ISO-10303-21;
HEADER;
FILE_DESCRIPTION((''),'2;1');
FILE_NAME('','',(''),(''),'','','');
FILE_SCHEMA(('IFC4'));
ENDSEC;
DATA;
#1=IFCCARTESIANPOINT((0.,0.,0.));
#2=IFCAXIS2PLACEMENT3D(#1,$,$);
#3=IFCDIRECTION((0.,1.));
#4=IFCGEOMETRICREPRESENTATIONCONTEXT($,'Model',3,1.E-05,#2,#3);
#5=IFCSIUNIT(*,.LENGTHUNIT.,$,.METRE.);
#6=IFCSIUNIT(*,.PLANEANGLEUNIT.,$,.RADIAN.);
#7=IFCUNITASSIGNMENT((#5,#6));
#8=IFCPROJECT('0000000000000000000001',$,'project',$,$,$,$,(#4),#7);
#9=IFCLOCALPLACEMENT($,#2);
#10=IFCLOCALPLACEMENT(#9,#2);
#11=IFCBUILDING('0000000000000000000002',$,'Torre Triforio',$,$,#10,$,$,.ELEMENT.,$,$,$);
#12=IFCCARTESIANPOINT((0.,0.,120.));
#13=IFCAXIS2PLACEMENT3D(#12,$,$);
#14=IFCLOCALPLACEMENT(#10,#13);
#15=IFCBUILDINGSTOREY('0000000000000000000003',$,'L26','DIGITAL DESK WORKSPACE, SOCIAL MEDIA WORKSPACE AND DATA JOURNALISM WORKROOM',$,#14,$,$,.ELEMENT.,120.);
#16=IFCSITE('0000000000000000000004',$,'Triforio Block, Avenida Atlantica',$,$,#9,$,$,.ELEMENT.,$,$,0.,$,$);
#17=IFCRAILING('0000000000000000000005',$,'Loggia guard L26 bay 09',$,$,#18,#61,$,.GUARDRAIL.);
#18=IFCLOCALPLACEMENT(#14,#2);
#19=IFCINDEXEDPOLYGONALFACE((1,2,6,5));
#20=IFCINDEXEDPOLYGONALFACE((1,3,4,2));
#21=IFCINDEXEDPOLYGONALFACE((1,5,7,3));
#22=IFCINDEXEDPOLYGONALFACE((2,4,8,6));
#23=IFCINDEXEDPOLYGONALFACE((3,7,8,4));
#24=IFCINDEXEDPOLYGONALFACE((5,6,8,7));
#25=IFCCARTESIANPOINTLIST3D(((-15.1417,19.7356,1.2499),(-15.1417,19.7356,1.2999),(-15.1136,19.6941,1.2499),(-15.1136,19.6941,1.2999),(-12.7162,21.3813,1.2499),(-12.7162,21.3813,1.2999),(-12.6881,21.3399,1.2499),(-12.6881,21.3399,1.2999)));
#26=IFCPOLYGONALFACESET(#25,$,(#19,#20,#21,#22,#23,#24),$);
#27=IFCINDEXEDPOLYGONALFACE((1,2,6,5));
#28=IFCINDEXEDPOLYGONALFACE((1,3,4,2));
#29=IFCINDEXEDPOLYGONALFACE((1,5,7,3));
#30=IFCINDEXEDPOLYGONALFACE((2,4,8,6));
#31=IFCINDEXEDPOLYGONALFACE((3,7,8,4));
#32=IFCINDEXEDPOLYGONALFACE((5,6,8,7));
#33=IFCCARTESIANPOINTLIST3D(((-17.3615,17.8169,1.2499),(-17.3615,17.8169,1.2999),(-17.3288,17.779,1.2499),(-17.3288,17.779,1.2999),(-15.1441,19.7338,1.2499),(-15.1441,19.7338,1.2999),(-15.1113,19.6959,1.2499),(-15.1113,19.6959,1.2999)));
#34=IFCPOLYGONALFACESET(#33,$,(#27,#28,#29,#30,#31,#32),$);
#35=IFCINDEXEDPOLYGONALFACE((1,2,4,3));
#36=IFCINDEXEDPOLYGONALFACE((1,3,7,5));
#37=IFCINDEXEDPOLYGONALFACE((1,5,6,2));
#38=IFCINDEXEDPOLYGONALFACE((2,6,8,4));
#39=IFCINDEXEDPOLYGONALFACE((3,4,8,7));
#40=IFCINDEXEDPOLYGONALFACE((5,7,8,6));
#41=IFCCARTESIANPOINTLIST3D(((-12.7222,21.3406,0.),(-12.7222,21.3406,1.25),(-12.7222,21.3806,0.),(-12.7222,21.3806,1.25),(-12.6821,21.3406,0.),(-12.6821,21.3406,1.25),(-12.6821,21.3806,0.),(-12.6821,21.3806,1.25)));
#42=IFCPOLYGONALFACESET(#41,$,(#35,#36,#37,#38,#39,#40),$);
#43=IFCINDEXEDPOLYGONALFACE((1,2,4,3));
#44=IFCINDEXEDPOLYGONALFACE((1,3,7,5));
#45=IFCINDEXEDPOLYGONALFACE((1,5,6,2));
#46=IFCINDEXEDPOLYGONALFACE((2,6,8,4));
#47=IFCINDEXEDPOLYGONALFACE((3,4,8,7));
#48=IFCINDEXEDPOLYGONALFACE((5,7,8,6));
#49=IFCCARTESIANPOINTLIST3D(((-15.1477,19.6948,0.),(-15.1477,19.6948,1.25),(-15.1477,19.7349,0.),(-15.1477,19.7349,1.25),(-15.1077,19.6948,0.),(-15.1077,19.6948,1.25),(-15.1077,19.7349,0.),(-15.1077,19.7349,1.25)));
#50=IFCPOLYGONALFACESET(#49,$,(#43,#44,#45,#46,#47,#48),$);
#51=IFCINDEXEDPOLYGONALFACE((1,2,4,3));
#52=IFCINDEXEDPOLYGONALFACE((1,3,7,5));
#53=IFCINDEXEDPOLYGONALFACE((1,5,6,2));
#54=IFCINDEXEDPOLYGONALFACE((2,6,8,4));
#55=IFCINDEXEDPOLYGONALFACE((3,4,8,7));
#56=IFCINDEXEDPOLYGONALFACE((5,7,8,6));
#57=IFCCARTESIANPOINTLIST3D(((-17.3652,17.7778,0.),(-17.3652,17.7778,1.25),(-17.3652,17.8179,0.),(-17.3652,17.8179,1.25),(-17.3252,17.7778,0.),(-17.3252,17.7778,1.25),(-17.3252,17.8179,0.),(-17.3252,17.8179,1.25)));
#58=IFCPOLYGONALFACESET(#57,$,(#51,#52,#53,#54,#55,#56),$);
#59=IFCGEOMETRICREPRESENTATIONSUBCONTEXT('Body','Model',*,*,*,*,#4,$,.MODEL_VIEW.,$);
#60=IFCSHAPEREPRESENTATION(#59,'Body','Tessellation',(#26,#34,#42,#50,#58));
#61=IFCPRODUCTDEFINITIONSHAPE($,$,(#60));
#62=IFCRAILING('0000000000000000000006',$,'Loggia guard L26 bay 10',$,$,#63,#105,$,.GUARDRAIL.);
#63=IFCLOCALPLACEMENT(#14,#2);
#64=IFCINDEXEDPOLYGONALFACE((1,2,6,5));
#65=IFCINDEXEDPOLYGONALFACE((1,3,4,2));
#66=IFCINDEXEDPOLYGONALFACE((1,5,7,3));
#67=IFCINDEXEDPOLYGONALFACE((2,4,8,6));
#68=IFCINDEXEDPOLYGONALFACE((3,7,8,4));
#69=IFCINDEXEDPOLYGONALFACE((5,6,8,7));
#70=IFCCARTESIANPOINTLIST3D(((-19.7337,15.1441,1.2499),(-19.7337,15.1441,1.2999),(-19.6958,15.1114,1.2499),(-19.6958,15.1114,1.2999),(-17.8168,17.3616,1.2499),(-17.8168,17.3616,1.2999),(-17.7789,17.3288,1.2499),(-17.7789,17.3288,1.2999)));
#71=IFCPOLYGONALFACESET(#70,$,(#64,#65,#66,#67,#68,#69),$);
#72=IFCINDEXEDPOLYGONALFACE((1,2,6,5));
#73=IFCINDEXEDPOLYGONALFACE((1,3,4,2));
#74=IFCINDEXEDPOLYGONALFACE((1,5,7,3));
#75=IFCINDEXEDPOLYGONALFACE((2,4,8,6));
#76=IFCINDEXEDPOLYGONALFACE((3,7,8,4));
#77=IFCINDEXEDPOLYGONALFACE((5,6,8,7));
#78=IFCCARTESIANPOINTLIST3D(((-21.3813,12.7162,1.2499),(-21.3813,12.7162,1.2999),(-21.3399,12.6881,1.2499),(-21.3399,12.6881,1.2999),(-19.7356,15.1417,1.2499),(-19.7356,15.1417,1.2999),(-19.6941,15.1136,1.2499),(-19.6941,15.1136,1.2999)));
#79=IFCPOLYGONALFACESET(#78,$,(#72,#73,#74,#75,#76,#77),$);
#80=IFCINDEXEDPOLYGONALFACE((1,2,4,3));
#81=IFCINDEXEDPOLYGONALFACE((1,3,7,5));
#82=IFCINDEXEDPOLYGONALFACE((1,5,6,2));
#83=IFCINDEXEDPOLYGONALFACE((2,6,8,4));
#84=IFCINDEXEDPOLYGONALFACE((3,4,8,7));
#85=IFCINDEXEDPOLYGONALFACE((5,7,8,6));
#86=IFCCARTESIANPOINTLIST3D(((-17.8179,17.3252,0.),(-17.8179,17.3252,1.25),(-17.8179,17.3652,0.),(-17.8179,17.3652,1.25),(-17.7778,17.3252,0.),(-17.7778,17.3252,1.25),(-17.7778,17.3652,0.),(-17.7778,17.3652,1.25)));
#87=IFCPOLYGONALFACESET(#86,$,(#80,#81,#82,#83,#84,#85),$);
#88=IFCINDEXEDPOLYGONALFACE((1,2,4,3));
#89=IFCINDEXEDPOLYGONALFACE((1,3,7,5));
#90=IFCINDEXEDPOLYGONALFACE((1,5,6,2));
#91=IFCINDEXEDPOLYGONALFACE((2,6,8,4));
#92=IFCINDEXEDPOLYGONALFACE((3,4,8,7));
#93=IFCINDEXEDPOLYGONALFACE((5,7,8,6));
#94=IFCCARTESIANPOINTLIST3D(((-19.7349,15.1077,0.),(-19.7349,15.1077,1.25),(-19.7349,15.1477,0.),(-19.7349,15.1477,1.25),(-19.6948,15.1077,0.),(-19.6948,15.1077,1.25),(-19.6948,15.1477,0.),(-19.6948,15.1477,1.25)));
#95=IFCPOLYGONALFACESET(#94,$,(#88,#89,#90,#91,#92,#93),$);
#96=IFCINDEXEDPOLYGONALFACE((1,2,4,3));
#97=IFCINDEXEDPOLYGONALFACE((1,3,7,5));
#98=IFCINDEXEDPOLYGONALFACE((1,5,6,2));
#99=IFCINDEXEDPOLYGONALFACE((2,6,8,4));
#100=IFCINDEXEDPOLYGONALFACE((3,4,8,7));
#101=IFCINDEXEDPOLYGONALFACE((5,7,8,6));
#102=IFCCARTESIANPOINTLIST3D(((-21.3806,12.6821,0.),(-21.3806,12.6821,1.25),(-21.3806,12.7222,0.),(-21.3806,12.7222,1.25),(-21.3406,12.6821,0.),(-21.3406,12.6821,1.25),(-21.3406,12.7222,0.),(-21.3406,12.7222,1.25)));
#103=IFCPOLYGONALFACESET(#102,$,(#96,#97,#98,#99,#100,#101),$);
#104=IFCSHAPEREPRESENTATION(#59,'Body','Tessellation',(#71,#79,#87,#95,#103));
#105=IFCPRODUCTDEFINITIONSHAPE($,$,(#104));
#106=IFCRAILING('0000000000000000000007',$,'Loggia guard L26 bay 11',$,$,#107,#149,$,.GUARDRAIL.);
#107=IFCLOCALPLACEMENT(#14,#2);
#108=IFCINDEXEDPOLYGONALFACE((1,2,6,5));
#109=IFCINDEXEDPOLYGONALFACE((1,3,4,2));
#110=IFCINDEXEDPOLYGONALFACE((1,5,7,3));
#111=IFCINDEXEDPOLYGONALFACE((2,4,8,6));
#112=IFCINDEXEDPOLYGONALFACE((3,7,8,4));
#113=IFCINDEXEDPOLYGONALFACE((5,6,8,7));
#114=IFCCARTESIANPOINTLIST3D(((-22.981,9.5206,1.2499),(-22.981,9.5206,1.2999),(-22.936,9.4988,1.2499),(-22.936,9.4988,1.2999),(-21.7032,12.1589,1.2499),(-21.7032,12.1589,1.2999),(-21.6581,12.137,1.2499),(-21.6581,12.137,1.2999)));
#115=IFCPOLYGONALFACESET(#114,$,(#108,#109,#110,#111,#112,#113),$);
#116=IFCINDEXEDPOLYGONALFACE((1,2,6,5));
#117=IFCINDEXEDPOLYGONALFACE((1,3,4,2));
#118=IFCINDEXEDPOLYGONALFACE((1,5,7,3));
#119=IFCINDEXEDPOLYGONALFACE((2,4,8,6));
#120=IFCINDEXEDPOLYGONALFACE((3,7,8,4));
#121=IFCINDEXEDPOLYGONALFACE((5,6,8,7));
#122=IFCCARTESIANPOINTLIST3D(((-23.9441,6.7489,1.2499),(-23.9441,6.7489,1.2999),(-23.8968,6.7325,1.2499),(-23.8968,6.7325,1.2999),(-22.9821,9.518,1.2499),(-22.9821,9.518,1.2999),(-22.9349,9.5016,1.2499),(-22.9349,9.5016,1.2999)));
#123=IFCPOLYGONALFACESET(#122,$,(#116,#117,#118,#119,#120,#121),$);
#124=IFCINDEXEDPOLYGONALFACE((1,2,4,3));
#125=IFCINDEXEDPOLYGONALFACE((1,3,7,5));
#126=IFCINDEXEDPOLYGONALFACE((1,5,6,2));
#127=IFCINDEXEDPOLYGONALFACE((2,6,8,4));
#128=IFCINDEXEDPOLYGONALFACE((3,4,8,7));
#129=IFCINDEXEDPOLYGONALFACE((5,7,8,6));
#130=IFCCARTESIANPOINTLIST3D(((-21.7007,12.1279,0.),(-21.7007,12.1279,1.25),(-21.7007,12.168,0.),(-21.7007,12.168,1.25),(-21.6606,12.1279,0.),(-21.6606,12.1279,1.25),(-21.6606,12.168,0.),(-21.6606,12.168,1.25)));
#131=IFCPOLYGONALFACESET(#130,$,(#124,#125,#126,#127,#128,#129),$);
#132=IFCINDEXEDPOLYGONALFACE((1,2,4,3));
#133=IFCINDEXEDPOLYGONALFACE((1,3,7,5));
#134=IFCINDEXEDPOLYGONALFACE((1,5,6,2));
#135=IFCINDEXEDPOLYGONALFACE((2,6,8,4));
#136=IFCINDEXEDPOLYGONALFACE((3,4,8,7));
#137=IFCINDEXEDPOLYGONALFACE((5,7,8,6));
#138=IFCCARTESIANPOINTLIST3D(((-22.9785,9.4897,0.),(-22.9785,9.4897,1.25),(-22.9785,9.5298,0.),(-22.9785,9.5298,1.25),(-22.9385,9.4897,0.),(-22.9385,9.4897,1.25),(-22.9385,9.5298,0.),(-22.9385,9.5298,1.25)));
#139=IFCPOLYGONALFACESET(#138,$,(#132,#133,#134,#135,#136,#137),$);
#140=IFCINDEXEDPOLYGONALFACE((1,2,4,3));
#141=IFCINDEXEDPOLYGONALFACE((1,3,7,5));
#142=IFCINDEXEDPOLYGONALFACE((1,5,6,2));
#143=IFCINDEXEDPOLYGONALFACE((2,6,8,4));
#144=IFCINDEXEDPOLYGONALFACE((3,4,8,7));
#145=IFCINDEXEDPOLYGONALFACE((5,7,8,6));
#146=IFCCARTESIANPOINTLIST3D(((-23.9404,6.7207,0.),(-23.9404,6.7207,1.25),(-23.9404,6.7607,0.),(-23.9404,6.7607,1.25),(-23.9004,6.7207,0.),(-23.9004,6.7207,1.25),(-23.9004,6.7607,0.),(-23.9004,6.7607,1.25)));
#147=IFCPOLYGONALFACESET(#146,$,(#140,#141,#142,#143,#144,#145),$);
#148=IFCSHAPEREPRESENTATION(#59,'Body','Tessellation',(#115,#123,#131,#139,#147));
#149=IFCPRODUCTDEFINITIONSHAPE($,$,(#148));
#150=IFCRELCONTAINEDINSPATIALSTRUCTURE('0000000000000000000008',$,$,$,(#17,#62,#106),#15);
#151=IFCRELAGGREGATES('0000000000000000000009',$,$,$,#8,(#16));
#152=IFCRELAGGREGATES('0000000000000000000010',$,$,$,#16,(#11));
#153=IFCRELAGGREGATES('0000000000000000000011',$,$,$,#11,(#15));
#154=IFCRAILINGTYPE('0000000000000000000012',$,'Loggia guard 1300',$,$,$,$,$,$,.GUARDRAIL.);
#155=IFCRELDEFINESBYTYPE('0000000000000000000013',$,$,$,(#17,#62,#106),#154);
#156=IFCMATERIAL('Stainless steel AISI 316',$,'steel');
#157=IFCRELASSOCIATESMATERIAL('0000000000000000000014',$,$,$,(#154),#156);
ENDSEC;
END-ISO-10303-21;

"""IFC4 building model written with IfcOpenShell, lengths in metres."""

from ifc_helpers import new_model, si_unit, direction, frame, origin, origin_2d, place, context, subcontext, project, spatial, rectangle, extrude, material, type_object, element, save


model = new_model("IFC4")

# Units and contexts
model_context = context("Model", 3, precision=1e-05, world=origin(), true_north=direction((0.0, 1.0)))
body_context = subcontext(model_context, "Body", "Model", "MODEL_VIEW")
ifc_project = project(units=[si_unit("LENGTHUNIT", "METRE"), si_unit("PLANEANGLEUNIT", "RADIAN")], contexts=[model_context])

# Site, building, storey
site_placement = place(None, origin())
site = spatial("IfcSite", under=ifc_project, at=site_placement, Name="Triforio Block, Avenida Atlantica", CompositionType="ELEMENT", RefElevation=0.0)
building_placement = place(site_placement, origin())
building = spatial("IfcBuilding", under=site, at=building_placement, Name="Torre Triforio", CompositionType="ELEMENT")
storey_placement = place(building_placement, frame((0.0, 0.0, 120.0)))
storey = spatial("IfcBuildingStorey", under=building, at=storey_placement, Name="L26", Description="DIGITAL DESK WORKSPACE, SOCIAL MEDIA WORKSPACE AND DATA JOURNALISM WORKROOM", CompositionType="ELEMENT", Elevation=120.0)

# Railings
ifc_material_1 = material(Name="Stainless steel AISI 316", Category="steel")
railing_type = type_object("IfcRailingType", Name="Loggia guard 1300", PredefinedType="GUARDRAIL", material=ifc_material_1)
railing_1_placement = place(storey_placement, frame((-12.7021, 21.3606, 0.0)))
element("IfcRailing", 1, at=railing_1_placement, inside=storey, type_object=railing_type, Name="Loggia guard L26 bay 09", PredefinedType="GUARDRAIL", context=body_context, shape_type="SweptSolid", body=[
    extrude(rectangle(XDim=0.05, YDim=0.05, at=origin_2d()), frame((0.0, 0.0, 1.2749), z_axis=(-0.827499, -0.561467, 0.0), x_axis=(0.561467, -0.827499, 0.0)), (0.0, 0.0, 1.0), 2.9312),
    extrude(rectangle(XDim=0.05, YDim=0.05, at=origin_2d()), frame((-2.4255, -1.6458, 1.2749), z_axis=(-0.75651, -0.653982, 0.0), x_axis=(0.653982, -0.75651, 0.0)), (0.0, 0.0, 1.0), 2.9312),
    extrude(rectangle(XDim=0.04, YDim=0.04, at=origin_2d()), origin(), (0.0, 0.0, 1.0), 1.25),
    extrude(rectangle(XDim=0.04, YDim=0.04, at=origin_2d()), frame((-2.4255, -1.6458, 0.0)), (0.0, 0.0, 1.0), 1.25),
    extrude(rectangle(XDim=0.04, YDim=0.04, at=origin_2d()), frame((-4.6431, -3.5627, 0.0)), (0.0, 0.0, 1.0), 1.25),
])
railing_2_placement = place(storey_placement, frame((-17.7979, 17.3452, 0.0)))
element("IfcRailing", 2, at=railing_2_placement, inside=storey, type_object=railing_type, Name="Loggia guard L26 bay 10", PredefinedType="GUARDRAIL", context=body_context, shape_type="SweptSolid", body=[
    extrude(rectangle(XDim=0.05, YDim=0.05, at=origin_2d()), frame((0.0, 0.0, 1.2749), z_axis=(-0.653982, -0.75651, 0.0), x_axis=(0.75651, -0.653982, 0.0)), (0.0, 0.0, 1.0), 2.9312),
    extrude(rectangle(XDim=0.05, YDim=0.05, at=origin_2d()), frame((-1.917, -2.2175, 1.2749), z_axis=(-0.561467, -0.827499, 0.0), x_axis=(0.827499, -0.561467, 0.0)), (0.0, 0.0, 1.0), 2.9312),
    extrude(rectangle(XDim=0.04, YDim=0.04, at=origin_2d()), origin(), (0.0, 0.0, 1.0), 1.25),
    extrude(rectangle(XDim=0.04, YDim=0.04, at=origin_2d()), frame((-1.917, -2.2175, 0.0)), (0.0, 0.0, 1.0), 1.25),
    extrude(rectangle(XDim=0.04, YDim=0.04, at=origin_2d()), frame((-3.5627, -4.6431, 0.0)), (0.0, 0.0, 1.0), 1.25),
])
railing_3_placement = place(storey_placement, frame((-21.6807, 12.1479, 0.0)))
element("IfcRailing", 3, at=railing_3_placement, inside=storey, type_object=railing_type, Name="Loggia guard L26 bay 11", PredefinedType="GUARDRAIL", context=body_context, shape_type="SweptSolid", body=[
    extrude(rectangle(XDim=0.05, YDim=0.05, at=origin_2d()), frame((0.0, 0.0, 1.2749), z_axis=(-0.435918, -0.899986, 0.0), x_axis=(0.899986, -0.435918, 0.0)), (0.0, 0.0, 1.0), 2.9314),
    extrude(rectangle(XDim=0.05, YDim=0.05, at=origin_2d()), frame((-1.2778, -2.6382, 1.2749), z_axis=(-0.328146, -0.944627, 0.0), x_axis=(0.944627, -0.328146, 0.0)), (0.0, 0.0, 1.0), 2.9314),
    extrude(rectangle(XDim=0.04, YDim=0.04, at=origin_2d()), origin(), (0.0, 0.0, 1.0), 1.25),
    extrude(rectangle(XDim=0.04, YDim=0.04, at=origin_2d()), frame((-1.2778, -2.6382, 0.0)), (0.0, 0.0, 1.0), 1.25),
    extrude(rectangle(XDim=0.04, YDim=0.04, at=origin_2d()), frame((-2.2397, -5.4072, 0.0)), (0.0, 0.0, 1.0), 1.25),
])

save(model, "model.ifc")
